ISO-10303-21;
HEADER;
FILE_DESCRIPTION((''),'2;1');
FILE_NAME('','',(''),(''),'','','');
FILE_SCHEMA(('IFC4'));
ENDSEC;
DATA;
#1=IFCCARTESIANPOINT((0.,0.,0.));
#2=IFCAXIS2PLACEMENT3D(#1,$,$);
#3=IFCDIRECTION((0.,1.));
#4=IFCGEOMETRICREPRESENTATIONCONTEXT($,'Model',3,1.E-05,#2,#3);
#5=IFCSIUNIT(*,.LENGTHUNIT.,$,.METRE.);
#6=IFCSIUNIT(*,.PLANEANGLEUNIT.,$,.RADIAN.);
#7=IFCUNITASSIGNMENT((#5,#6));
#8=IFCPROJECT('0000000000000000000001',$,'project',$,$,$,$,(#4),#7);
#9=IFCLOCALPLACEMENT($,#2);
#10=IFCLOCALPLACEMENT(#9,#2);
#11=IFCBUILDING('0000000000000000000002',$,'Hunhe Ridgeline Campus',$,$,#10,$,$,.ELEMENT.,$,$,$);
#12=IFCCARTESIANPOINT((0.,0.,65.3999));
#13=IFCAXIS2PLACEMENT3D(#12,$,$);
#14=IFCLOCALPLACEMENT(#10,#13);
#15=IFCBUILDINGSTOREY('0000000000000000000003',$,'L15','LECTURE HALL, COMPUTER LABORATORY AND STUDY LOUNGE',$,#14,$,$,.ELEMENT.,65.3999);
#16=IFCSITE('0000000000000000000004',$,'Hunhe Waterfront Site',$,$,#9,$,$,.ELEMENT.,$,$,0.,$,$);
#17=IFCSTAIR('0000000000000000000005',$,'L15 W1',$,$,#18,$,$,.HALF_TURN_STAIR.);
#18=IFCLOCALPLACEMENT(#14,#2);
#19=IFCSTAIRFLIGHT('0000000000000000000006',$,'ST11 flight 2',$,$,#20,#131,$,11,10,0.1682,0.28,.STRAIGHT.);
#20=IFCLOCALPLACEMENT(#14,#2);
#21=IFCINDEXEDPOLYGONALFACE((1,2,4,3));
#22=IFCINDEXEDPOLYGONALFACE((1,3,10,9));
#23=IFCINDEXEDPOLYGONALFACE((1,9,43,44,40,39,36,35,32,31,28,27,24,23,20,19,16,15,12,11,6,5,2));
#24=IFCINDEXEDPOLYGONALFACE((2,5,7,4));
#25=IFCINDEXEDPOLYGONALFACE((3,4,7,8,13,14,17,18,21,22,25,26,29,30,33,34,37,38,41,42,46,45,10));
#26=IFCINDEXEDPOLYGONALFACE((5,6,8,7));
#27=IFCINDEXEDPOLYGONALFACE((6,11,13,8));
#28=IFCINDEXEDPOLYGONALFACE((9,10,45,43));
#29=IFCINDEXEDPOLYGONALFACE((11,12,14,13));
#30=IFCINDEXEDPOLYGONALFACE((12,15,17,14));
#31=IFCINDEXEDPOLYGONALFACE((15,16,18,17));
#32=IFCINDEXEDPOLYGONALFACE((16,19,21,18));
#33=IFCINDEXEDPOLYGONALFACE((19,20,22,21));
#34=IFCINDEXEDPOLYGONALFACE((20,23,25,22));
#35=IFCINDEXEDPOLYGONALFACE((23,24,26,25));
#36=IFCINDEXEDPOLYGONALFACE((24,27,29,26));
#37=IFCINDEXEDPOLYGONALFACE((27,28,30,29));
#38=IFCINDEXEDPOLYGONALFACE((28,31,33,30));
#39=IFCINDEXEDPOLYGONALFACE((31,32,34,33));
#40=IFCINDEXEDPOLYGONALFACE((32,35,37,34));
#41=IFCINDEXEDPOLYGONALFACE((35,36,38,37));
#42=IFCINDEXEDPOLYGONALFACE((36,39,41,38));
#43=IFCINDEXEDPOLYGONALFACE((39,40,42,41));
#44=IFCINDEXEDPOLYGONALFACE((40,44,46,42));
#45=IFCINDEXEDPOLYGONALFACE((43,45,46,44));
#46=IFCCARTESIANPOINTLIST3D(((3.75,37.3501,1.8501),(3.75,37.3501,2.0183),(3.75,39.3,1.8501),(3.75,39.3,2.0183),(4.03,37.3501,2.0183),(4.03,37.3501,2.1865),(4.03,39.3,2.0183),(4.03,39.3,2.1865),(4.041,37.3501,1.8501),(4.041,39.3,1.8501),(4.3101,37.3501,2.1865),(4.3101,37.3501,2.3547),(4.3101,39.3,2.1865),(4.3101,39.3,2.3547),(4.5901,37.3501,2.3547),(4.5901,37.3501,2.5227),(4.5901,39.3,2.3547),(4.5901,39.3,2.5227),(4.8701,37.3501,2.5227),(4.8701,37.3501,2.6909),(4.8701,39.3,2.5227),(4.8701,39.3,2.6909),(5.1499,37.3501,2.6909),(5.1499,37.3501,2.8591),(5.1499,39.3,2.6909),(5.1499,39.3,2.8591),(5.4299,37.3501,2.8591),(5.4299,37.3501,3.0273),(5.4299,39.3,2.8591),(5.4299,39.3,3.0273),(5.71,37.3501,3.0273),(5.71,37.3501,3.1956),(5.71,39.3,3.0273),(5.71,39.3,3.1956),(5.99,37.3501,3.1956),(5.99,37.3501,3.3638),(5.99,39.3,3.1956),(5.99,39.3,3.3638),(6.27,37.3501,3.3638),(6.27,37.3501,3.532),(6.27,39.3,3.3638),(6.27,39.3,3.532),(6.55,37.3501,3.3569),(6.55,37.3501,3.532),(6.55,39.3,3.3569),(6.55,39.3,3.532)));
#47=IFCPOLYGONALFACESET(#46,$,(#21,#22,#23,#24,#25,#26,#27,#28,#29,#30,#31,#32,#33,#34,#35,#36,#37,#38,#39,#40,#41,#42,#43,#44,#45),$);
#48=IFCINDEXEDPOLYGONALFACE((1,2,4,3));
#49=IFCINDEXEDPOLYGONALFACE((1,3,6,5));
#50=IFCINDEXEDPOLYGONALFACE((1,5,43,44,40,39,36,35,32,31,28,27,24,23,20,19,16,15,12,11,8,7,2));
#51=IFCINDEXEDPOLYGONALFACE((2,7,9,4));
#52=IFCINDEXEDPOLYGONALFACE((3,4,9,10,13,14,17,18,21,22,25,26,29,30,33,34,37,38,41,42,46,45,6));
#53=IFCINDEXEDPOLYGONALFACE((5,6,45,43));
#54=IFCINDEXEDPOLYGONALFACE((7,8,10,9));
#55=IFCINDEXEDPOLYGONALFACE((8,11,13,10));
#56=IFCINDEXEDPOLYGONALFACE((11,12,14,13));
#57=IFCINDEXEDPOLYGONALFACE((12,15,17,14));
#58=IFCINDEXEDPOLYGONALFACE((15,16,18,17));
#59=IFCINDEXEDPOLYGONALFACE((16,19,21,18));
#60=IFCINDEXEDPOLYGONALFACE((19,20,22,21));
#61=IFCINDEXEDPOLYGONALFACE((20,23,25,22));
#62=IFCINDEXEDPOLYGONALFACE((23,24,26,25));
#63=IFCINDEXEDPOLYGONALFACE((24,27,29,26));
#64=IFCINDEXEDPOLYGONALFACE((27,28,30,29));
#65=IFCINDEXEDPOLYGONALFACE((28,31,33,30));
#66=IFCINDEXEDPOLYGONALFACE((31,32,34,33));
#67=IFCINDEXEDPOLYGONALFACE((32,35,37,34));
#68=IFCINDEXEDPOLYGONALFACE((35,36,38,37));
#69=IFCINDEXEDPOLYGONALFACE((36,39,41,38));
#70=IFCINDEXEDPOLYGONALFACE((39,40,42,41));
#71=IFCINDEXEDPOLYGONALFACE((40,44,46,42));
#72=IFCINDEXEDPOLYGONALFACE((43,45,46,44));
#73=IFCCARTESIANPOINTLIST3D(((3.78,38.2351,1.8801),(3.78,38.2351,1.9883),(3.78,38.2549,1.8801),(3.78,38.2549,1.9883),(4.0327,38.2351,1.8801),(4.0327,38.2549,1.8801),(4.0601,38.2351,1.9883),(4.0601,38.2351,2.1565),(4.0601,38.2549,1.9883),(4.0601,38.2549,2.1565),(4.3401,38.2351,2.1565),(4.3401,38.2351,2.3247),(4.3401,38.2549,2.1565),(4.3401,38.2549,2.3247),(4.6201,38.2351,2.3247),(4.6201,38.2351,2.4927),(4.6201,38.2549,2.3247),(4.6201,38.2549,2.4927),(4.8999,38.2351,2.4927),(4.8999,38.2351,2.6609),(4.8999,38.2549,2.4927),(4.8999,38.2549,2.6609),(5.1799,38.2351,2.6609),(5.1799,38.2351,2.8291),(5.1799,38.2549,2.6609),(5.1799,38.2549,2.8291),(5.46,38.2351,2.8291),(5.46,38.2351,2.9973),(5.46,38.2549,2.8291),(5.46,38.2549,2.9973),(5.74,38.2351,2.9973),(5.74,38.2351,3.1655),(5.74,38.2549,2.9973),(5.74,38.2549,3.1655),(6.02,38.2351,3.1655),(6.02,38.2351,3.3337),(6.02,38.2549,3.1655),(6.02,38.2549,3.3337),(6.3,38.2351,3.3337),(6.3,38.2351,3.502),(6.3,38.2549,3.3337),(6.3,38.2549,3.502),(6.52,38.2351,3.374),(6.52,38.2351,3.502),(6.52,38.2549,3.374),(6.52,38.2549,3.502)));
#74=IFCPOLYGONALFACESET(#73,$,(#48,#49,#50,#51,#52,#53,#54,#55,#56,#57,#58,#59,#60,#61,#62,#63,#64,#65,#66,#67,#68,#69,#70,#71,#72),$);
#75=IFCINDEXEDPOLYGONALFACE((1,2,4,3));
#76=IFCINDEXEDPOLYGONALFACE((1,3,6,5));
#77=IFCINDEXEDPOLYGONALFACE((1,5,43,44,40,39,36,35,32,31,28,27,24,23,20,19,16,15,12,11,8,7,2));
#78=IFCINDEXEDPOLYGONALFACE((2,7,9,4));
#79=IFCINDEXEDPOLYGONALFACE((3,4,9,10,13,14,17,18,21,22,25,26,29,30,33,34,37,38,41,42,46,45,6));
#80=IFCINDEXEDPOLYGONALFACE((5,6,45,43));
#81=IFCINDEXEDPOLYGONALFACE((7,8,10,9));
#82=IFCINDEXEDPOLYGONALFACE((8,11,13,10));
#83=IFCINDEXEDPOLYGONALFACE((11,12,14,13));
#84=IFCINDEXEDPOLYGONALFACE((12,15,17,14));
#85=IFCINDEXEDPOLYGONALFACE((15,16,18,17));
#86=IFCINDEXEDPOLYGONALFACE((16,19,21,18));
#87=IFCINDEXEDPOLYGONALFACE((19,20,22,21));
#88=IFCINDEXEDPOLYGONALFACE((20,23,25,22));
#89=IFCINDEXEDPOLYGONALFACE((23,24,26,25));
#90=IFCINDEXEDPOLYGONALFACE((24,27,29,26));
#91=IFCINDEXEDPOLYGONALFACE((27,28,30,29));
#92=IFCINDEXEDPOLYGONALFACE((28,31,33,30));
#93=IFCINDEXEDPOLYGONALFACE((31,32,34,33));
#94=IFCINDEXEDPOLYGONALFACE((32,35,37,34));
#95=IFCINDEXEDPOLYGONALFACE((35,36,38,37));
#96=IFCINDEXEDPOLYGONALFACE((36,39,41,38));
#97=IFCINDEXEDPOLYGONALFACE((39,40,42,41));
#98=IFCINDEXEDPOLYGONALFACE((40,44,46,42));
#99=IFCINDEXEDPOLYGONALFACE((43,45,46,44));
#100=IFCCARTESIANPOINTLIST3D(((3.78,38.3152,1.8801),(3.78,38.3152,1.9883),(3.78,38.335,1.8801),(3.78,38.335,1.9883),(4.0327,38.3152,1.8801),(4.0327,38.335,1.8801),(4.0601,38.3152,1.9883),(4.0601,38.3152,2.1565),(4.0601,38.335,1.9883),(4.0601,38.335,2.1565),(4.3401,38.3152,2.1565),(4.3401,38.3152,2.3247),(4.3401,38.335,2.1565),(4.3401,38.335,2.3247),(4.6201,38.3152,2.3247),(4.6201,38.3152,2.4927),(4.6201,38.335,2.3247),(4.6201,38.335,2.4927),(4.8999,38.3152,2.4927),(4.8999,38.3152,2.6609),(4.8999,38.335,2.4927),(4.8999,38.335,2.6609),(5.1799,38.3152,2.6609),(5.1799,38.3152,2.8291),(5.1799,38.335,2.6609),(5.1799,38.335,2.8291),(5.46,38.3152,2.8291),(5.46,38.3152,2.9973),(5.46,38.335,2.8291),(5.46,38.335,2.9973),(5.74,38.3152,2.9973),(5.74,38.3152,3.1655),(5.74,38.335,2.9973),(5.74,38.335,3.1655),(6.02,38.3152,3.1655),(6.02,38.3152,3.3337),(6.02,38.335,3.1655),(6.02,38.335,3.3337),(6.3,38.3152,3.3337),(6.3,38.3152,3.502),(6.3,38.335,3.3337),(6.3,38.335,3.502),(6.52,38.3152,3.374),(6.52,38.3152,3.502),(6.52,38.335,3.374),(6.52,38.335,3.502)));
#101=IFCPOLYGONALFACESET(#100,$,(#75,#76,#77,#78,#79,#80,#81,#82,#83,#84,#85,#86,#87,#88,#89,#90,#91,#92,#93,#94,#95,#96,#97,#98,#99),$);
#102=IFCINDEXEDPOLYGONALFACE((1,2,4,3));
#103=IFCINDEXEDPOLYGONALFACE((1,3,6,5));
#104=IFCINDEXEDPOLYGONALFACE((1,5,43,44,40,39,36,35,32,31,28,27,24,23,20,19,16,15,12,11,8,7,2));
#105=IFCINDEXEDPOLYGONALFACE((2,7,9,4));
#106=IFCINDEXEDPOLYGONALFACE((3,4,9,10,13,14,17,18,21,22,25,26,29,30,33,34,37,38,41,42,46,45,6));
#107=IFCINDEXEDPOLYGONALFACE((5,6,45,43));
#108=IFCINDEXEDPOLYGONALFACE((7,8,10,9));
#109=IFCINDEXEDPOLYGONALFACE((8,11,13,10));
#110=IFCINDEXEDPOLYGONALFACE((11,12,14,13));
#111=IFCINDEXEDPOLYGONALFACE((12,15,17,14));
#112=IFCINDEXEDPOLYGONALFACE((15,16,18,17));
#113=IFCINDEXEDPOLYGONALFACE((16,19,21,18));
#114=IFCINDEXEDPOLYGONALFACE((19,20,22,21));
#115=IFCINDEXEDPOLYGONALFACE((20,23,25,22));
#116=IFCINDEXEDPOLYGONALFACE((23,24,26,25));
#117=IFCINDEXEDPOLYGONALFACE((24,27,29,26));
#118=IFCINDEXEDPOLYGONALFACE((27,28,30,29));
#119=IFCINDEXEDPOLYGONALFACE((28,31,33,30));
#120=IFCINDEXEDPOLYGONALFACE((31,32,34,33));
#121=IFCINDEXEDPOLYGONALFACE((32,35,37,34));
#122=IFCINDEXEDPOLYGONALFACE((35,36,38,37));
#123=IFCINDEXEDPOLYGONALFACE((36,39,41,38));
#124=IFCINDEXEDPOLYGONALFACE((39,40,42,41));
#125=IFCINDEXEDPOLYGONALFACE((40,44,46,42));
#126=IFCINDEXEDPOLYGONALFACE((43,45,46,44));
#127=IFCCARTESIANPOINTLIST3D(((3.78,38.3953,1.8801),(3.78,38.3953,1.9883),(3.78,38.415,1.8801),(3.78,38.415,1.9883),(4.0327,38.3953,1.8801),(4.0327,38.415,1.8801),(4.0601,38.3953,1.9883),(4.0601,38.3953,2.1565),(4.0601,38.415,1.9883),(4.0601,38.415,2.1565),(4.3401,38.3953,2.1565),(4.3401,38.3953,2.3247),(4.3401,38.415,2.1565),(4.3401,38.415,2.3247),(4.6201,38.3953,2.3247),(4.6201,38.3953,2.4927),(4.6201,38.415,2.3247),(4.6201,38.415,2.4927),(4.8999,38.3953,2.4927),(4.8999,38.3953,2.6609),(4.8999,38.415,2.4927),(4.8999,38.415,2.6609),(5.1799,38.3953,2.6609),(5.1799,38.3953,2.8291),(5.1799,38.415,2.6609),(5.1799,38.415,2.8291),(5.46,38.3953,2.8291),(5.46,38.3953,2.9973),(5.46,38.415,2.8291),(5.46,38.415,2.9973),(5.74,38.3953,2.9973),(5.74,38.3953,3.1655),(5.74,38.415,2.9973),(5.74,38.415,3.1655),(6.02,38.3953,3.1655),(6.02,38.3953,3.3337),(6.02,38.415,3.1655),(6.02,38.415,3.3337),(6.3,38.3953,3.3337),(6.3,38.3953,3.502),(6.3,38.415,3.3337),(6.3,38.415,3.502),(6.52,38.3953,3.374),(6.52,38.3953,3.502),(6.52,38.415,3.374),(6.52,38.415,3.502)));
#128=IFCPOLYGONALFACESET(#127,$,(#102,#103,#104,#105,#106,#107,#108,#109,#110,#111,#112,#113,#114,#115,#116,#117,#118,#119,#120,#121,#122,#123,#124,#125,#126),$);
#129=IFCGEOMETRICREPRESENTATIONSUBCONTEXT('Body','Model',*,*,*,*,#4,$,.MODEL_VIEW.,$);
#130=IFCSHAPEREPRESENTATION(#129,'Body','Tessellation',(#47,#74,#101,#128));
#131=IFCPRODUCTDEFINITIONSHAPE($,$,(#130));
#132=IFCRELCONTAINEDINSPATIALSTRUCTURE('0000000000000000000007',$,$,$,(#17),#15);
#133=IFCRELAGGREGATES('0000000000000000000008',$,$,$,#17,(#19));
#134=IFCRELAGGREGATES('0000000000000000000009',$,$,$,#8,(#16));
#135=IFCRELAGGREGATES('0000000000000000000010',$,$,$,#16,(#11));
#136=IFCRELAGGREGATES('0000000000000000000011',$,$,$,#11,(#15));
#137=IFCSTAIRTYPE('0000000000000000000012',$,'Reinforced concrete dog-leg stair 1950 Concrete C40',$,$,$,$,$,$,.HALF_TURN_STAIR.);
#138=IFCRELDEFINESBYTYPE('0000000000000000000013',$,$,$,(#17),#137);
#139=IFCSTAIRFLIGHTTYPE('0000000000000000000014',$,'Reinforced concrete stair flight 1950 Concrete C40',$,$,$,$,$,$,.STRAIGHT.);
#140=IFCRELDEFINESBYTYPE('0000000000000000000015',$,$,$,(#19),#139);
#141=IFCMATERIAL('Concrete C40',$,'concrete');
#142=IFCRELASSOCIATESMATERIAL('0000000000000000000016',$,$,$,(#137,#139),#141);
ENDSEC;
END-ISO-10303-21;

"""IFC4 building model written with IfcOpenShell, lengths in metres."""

from ifc_helpers import new_model, si_unit, direction, frame, origin, place, context, subcontext, project, spatial, polyline, outline, extrude, material, type_object, element, aggregate, save


model = new_model("IFC4")

# Units and contexts
model_context = context("Model", 3, precision=1e-05, world=origin(), true_north=direction((0.0, 1.0)))
body_context = subcontext(model_context, "Body", "Model", "MODEL_VIEW")
ifc_project = project(units=[si_unit("LENGTHUNIT", "METRE"), si_unit("PLANEANGLEUNIT", "RADIAN")], contexts=[model_context])

# Site, building, storey
site_placement = place(None, origin())
site = spatial("IfcSite", under=ifc_project, at=site_placement, Name="Hunhe Waterfront Site", CompositionType="ELEMENT", RefElevation=0.0)
building_placement = place(site_placement, origin())
building = spatial("IfcBuilding", under=site, at=building_placement, Name="Hunhe Ridgeline Campus", CompositionType="ELEMENT")
storey_placement = place(building_placement, frame((0.0, 0.0, 65.3999)))
storey = spatial("IfcBuildingStorey", under=building, at=storey_placement, Name="L15", Description="LECTURE HALL, COMPUTER LABORATORY AND STUDY LOUNGE", CompositionType="ELEMENT", Elevation=65.3999)

# Stair, stair flight
ifc_material_1 = material(Name="Concrete C40", Category="concrete")
stair_type = type_object("IfcStairType", Name="Reinforced concrete dog-leg stair 1950 Concrete C40", PredefinedType="HALF_TURN_STAIR", material=ifc_material_1)
stair_placement = place(storey_placement, origin())
stair = element("IfcStair", 1, at=stair_placement, inside=storey, type_object=stair_type, Name="L15 W1", PredefinedType="HALF_TURN_STAIR")
stair_flight_type = type_object("IfcStairFlightType", Name="Reinforced concrete stair flight 1950 Concrete C40", PredefinedType="STRAIGHT", material=ifc_material_1)
stair_flight_1_placement = place(storey_placement, frame((3.75, 38.325, 1.8501), z_axis=(0.0, 0.0, 1.0), x_axis=(1.0, 0.0, 0.0)))
stair_flight_1 = element("IfcStairFlight", 2, at=stair_flight_1_placement, type_object=stair_flight_type, Name="ST11 flight 2", NumberOfRisers=11, NumberOfTreads=10, PredefinedType="STRAIGHT", RiserHeight=0.1682, TreadLength=0.28, context=body_context, shape_type="SweptSolid", body=[
    extrude(outline(polyline([(0.0, 0.0), (0.0, 0.1682), (0.28, 0.1682), (0.28, 0.3364), (0.5601, 0.3364), (0.5601, 0.5046), (0.8401, 0.5046), (0.8401, 0.6726), (1.1201, 0.6726), (1.1201, 0.8408), (1.3999, 0.8408), (1.3999, 1.009), (1.6799, 1.009), (1.6799, 1.1772), (1.96, 1.1772), (1.96, 1.3455), (2.24, 1.3455), (2.24, 1.5137), (2.52, 1.5137), (2.52, 1.6819), (2.8, 1.6819), (2.8, 1.8501), (2.8, 1.5068), (0.291, 0.0), (0.0, 0.0)])), frame((0.0, 0.9751, 0.0), z_axis=(0.0, -1.0, 0.0), x_axis=(1.0, 0.0, 0.0)), (0.0, 0.0, 1.0), 1.95),
    extrude(outline(polyline([(0.03, 0.03), (0.03, 0.1382), (0.3101, 0.1382), (0.3101, 0.3064), (0.5901, 0.3064), (0.5901, 0.4746), (0.8701, 0.4746), (0.8701, 0.6426), (1.1499, 0.6426), (1.1499, 0.8108), (1.4299, 0.8108), (1.4299, 0.979), (1.71, 0.979), (1.71, 1.1472), (1.99, 1.1472), (1.99, 1.3154), (2.27, 1.3154), (2.27, 1.4836), (2.55, 1.4836), (2.55, 1.6519), (2.77, 1.6519), (2.77, 1.5239), (0.2827, 0.03), (0.03, 0.03)])), frame((0.0, -0.0701, 0.0), z_axis=(0.0, -1.0, 0.0), x_axis=(1.0, 0.0, 0.0)), (0.0, 0.0, 1.0), 0.0198),
    extrude(outline(polyline([(0.03, 0.03), (0.03, 0.1382), (0.3101, 0.1382), (0.3101, 0.3064), (0.5901, 0.3064), (0.5901, 0.4746), (0.8701, 0.4746), (0.8701, 0.6426), (1.1499, 0.6426), (1.1499, 0.8108), (1.4299, 0.8108), (1.4299, 0.979), (1.71, 0.979), (1.71, 1.1472), (1.99, 1.1472), (1.99, 1.3154), (2.27, 1.3154), (2.27, 1.4836), (2.55, 1.4836), (2.55, 1.6519), (2.77, 1.6519), (2.77, 1.5239), (0.2827, 0.03), (0.03, 0.03)])), frame((0.0, 0.01, 0.0), z_axis=(0.0, -1.0, 0.0), x_axis=(1.0, 0.0, 0.0)), (0.0, 0.0, 1.0), 0.0198),
    extrude(outline(polyline([(0.03, 0.03), (0.03, 0.1382), (0.3101, 0.1382), (0.3101, 0.3064), (0.5901, 0.3064), (0.5901, 0.4746), (0.8701, 0.4746), (0.8701, 0.6426), (1.1499, 0.6426), (1.1499, 0.8108), (1.4299, 0.8108), (1.4299, 0.979), (1.71, 0.979), (1.71, 1.1472), (1.99, 1.1472), (1.99, 1.3154), (2.27, 1.3154), (2.27, 1.4836), (2.55, 1.4836), (2.55, 1.6519), (2.77, 1.6519), (2.77, 1.5239), (0.2827, 0.03), (0.03, 0.03)])), frame((0.0, 0.0901, 0.0), z_axis=(0.0, -1.0, 0.0), x_axis=(1.0, 0.0, 0.0)), (0.0, 0.0, 1.0), 0.0198),
])
aggregate(stair, [stair_flight_1])

save(model, "model.ifc")
